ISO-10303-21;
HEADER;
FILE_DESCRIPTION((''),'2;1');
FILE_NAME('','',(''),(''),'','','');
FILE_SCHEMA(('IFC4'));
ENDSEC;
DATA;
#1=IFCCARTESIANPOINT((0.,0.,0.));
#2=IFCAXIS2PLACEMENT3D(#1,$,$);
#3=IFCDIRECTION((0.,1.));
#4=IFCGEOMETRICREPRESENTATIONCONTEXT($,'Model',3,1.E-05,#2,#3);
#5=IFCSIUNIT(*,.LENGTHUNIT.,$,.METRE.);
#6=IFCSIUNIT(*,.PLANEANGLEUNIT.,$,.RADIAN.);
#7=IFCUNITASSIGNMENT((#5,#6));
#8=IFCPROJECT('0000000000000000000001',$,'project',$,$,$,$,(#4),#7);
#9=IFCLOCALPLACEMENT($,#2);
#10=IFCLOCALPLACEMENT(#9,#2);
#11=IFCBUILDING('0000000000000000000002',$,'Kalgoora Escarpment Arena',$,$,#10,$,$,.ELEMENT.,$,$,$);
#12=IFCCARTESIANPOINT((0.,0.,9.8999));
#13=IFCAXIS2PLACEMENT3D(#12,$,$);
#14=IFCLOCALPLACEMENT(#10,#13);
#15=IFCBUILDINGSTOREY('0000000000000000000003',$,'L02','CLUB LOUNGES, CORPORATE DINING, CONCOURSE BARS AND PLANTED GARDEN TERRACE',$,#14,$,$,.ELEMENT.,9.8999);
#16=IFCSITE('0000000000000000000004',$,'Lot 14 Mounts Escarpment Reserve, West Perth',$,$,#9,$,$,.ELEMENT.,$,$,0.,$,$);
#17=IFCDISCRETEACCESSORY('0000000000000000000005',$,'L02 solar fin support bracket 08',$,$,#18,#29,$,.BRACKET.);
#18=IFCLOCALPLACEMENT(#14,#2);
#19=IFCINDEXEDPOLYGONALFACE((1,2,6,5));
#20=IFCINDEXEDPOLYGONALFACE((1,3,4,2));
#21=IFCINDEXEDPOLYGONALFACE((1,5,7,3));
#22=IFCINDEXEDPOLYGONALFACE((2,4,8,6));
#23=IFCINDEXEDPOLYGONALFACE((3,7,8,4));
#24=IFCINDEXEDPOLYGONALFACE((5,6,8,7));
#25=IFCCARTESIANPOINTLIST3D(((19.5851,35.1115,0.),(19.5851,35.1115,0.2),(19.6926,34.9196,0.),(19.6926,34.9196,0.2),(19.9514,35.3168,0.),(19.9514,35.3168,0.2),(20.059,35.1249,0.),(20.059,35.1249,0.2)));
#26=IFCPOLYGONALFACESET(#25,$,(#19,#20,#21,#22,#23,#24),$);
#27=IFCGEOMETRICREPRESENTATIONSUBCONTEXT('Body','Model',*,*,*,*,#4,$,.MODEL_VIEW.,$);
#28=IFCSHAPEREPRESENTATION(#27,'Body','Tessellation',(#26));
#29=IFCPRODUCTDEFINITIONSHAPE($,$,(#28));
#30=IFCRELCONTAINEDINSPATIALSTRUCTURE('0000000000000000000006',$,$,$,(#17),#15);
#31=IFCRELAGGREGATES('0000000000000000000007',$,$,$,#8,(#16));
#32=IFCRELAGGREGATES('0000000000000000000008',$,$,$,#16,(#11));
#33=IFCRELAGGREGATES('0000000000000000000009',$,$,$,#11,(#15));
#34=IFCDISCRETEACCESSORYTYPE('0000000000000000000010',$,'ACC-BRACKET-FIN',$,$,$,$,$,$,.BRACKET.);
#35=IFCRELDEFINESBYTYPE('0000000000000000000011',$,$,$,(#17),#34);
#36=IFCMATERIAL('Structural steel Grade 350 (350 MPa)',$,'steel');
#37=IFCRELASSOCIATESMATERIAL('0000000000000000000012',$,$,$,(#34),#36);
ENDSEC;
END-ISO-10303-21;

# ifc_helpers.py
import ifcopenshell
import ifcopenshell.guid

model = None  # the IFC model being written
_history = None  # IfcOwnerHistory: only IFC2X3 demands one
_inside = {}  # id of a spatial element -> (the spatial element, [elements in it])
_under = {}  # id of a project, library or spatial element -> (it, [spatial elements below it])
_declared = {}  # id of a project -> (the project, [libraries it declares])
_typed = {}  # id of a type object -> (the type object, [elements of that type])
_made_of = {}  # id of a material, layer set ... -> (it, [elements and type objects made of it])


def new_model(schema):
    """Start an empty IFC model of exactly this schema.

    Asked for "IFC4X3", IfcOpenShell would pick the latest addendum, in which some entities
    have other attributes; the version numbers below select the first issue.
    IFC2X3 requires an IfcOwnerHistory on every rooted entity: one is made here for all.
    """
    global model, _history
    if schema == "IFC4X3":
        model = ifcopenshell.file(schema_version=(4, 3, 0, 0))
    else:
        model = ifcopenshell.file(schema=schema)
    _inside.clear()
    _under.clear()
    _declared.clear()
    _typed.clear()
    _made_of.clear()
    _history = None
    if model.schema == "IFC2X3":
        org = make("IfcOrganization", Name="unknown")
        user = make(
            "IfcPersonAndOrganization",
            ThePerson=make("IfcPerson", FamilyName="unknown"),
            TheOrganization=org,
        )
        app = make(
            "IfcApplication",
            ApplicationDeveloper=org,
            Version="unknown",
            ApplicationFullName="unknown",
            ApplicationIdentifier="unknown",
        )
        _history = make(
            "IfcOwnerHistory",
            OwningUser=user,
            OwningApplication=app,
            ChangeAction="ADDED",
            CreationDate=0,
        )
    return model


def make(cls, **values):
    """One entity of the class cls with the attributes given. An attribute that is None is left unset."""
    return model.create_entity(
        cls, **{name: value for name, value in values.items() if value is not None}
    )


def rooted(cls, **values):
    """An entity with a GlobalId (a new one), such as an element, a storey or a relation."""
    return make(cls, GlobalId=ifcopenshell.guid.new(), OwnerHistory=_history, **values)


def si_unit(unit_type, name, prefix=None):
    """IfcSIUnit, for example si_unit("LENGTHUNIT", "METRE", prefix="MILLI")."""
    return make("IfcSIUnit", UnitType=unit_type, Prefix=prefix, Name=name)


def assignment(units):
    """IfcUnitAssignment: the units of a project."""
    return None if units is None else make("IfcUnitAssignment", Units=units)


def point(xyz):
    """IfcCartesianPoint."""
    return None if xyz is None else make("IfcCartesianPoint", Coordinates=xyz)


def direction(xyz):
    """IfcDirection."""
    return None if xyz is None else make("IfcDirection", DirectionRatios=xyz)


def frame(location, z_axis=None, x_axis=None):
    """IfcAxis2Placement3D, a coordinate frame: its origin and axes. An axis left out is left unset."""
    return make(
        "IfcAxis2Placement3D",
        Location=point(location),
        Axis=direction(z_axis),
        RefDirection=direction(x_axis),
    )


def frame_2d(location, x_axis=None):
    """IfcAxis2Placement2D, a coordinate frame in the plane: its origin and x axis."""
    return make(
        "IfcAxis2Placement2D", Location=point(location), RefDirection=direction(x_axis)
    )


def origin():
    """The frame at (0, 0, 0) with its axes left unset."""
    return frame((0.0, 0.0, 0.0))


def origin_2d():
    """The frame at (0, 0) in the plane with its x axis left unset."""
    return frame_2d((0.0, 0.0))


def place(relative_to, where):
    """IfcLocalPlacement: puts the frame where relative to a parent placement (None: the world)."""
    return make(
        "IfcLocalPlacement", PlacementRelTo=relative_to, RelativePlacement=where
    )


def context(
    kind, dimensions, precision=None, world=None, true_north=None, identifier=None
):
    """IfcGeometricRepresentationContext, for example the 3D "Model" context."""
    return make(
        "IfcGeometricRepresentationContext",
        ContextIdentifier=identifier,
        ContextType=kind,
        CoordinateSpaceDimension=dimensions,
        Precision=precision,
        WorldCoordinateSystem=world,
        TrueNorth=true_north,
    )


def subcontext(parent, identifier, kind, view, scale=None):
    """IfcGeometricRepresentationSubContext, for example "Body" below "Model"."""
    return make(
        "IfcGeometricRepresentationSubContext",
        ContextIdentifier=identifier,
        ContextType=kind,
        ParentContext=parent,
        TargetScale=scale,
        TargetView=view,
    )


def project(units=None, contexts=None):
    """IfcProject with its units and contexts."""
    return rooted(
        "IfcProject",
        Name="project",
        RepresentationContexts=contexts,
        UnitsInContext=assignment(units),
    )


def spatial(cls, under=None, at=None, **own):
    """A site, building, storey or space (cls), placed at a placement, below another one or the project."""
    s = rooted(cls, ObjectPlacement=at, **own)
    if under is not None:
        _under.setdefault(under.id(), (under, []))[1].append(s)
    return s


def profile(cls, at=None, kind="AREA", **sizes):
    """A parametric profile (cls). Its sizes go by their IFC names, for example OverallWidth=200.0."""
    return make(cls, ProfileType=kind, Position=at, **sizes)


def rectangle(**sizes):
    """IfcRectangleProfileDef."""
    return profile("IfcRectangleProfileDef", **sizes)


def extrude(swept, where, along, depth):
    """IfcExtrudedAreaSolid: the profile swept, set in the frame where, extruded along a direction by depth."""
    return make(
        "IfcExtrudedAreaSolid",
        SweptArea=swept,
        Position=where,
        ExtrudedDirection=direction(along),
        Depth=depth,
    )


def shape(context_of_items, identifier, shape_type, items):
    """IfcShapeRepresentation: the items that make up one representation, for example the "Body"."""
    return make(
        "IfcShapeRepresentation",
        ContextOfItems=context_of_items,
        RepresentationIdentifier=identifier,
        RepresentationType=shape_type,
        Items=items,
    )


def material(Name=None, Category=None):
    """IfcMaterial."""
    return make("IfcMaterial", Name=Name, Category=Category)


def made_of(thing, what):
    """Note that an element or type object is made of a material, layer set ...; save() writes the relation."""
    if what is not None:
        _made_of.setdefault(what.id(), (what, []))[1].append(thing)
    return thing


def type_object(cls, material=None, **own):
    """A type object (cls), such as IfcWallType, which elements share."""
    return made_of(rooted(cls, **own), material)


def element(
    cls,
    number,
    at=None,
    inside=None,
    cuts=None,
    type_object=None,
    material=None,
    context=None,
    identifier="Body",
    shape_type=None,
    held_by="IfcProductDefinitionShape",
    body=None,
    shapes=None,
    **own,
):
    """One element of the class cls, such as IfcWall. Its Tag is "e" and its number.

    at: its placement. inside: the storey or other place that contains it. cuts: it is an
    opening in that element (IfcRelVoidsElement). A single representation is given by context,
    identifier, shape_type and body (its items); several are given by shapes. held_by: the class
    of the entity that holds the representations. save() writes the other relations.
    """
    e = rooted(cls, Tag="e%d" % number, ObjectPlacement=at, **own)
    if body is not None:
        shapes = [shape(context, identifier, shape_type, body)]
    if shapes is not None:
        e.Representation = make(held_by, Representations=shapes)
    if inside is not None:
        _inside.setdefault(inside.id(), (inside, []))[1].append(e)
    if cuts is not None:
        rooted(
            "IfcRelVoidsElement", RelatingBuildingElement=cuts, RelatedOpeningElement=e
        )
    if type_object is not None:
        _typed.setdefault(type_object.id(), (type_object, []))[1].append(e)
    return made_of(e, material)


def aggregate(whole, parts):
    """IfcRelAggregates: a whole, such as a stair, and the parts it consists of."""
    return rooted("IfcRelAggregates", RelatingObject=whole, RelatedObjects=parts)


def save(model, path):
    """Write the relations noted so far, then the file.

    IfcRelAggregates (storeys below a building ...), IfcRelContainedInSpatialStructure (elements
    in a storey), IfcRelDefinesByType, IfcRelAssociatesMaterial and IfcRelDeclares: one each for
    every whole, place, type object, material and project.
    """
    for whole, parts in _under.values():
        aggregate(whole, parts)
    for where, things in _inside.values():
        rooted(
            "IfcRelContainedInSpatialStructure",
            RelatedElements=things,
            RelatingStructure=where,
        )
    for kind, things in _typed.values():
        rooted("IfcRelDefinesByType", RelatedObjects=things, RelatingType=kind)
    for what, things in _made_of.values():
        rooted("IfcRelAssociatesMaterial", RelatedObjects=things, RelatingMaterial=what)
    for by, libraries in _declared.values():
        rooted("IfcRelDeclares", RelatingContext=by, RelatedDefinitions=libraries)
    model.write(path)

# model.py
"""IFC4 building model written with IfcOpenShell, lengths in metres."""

from ifc_helpers import new_model, si_unit, direction, frame, origin, origin_2d, place, context, subcontext, project, spatial, rectangle, extrude, material, type_object, element, save


model = new_model("IFC4")

# Units and contexts
model_context = context("Model", 3, precision=1e-05, world=origin(), true_north=direction((0.0, 1.0)))
body_context = subcontext(model_context, "Body", "Model", "MODEL_VIEW")
ifc_project = project(units=[si_unit("LENGTHUNIT", "METRE"), si_unit("PLANEANGLEUNIT", "RADIAN")], contexts=[model_context])

# Site, building, storey
site_placement = place(None, origin())
site = spatial("IfcSite", under=ifc_project, at=site_placement, Name="Lot 14 Mounts Escarpment Reserve, West Perth", CompositionType="ELEMENT", RefElevation=0.0)
building_placement = place(site_placement, origin())
building = spatial("IfcBuilding", under=site, at=building_placement, Name="Kalgoora Escarpment Arena", CompositionType="ELEMENT")
storey_placement = place(building_placement, frame((0.0, 0.0, 9.8999)))
storey = spatial("IfcBuildingStorey", under=building, at=storey_placement, Name="L02", Description="CLUB LOUNGES, CORPORATE DINING, CONCOURSE BARS AND PLANTED GARDEN TERRACE", CompositionType="ELEMENT", Elevation=9.8999)

# Discrete accessory
ifc_material_1 = material(Name="Structural steel Grade 350 (350 MPa)", Category="steel")
discrete_accessory_type = type_object("IfcDiscreteAccessoryType", Name="ACC-BRACKET-FIN", PredefinedType="BRACKET", material=ifc_material_1)
discrete_accessory_placement = place(storey_placement, frame((19.822, 35.1182, 0.0), z_axis=(0.0, 0.0, 1.0), x_axis=(-0.872325, -0.488926, 0.0)))
element("IfcDiscreteAccessory", 1, at=discrete_accessory_placement, inside=storey, type_object=discrete_accessory_type, Name="L02 solar fin support bracket 08", PredefinedType="BRACKET", context=body_context, shape_type="SweptSolid", body=[
    extrude(rectangle(XDim=0.4199, YDim=0.22, at=origin_2d()), origin(), (0.0, 0.0, 1.0), 0.2),
])

save(model, "model.ifc")
